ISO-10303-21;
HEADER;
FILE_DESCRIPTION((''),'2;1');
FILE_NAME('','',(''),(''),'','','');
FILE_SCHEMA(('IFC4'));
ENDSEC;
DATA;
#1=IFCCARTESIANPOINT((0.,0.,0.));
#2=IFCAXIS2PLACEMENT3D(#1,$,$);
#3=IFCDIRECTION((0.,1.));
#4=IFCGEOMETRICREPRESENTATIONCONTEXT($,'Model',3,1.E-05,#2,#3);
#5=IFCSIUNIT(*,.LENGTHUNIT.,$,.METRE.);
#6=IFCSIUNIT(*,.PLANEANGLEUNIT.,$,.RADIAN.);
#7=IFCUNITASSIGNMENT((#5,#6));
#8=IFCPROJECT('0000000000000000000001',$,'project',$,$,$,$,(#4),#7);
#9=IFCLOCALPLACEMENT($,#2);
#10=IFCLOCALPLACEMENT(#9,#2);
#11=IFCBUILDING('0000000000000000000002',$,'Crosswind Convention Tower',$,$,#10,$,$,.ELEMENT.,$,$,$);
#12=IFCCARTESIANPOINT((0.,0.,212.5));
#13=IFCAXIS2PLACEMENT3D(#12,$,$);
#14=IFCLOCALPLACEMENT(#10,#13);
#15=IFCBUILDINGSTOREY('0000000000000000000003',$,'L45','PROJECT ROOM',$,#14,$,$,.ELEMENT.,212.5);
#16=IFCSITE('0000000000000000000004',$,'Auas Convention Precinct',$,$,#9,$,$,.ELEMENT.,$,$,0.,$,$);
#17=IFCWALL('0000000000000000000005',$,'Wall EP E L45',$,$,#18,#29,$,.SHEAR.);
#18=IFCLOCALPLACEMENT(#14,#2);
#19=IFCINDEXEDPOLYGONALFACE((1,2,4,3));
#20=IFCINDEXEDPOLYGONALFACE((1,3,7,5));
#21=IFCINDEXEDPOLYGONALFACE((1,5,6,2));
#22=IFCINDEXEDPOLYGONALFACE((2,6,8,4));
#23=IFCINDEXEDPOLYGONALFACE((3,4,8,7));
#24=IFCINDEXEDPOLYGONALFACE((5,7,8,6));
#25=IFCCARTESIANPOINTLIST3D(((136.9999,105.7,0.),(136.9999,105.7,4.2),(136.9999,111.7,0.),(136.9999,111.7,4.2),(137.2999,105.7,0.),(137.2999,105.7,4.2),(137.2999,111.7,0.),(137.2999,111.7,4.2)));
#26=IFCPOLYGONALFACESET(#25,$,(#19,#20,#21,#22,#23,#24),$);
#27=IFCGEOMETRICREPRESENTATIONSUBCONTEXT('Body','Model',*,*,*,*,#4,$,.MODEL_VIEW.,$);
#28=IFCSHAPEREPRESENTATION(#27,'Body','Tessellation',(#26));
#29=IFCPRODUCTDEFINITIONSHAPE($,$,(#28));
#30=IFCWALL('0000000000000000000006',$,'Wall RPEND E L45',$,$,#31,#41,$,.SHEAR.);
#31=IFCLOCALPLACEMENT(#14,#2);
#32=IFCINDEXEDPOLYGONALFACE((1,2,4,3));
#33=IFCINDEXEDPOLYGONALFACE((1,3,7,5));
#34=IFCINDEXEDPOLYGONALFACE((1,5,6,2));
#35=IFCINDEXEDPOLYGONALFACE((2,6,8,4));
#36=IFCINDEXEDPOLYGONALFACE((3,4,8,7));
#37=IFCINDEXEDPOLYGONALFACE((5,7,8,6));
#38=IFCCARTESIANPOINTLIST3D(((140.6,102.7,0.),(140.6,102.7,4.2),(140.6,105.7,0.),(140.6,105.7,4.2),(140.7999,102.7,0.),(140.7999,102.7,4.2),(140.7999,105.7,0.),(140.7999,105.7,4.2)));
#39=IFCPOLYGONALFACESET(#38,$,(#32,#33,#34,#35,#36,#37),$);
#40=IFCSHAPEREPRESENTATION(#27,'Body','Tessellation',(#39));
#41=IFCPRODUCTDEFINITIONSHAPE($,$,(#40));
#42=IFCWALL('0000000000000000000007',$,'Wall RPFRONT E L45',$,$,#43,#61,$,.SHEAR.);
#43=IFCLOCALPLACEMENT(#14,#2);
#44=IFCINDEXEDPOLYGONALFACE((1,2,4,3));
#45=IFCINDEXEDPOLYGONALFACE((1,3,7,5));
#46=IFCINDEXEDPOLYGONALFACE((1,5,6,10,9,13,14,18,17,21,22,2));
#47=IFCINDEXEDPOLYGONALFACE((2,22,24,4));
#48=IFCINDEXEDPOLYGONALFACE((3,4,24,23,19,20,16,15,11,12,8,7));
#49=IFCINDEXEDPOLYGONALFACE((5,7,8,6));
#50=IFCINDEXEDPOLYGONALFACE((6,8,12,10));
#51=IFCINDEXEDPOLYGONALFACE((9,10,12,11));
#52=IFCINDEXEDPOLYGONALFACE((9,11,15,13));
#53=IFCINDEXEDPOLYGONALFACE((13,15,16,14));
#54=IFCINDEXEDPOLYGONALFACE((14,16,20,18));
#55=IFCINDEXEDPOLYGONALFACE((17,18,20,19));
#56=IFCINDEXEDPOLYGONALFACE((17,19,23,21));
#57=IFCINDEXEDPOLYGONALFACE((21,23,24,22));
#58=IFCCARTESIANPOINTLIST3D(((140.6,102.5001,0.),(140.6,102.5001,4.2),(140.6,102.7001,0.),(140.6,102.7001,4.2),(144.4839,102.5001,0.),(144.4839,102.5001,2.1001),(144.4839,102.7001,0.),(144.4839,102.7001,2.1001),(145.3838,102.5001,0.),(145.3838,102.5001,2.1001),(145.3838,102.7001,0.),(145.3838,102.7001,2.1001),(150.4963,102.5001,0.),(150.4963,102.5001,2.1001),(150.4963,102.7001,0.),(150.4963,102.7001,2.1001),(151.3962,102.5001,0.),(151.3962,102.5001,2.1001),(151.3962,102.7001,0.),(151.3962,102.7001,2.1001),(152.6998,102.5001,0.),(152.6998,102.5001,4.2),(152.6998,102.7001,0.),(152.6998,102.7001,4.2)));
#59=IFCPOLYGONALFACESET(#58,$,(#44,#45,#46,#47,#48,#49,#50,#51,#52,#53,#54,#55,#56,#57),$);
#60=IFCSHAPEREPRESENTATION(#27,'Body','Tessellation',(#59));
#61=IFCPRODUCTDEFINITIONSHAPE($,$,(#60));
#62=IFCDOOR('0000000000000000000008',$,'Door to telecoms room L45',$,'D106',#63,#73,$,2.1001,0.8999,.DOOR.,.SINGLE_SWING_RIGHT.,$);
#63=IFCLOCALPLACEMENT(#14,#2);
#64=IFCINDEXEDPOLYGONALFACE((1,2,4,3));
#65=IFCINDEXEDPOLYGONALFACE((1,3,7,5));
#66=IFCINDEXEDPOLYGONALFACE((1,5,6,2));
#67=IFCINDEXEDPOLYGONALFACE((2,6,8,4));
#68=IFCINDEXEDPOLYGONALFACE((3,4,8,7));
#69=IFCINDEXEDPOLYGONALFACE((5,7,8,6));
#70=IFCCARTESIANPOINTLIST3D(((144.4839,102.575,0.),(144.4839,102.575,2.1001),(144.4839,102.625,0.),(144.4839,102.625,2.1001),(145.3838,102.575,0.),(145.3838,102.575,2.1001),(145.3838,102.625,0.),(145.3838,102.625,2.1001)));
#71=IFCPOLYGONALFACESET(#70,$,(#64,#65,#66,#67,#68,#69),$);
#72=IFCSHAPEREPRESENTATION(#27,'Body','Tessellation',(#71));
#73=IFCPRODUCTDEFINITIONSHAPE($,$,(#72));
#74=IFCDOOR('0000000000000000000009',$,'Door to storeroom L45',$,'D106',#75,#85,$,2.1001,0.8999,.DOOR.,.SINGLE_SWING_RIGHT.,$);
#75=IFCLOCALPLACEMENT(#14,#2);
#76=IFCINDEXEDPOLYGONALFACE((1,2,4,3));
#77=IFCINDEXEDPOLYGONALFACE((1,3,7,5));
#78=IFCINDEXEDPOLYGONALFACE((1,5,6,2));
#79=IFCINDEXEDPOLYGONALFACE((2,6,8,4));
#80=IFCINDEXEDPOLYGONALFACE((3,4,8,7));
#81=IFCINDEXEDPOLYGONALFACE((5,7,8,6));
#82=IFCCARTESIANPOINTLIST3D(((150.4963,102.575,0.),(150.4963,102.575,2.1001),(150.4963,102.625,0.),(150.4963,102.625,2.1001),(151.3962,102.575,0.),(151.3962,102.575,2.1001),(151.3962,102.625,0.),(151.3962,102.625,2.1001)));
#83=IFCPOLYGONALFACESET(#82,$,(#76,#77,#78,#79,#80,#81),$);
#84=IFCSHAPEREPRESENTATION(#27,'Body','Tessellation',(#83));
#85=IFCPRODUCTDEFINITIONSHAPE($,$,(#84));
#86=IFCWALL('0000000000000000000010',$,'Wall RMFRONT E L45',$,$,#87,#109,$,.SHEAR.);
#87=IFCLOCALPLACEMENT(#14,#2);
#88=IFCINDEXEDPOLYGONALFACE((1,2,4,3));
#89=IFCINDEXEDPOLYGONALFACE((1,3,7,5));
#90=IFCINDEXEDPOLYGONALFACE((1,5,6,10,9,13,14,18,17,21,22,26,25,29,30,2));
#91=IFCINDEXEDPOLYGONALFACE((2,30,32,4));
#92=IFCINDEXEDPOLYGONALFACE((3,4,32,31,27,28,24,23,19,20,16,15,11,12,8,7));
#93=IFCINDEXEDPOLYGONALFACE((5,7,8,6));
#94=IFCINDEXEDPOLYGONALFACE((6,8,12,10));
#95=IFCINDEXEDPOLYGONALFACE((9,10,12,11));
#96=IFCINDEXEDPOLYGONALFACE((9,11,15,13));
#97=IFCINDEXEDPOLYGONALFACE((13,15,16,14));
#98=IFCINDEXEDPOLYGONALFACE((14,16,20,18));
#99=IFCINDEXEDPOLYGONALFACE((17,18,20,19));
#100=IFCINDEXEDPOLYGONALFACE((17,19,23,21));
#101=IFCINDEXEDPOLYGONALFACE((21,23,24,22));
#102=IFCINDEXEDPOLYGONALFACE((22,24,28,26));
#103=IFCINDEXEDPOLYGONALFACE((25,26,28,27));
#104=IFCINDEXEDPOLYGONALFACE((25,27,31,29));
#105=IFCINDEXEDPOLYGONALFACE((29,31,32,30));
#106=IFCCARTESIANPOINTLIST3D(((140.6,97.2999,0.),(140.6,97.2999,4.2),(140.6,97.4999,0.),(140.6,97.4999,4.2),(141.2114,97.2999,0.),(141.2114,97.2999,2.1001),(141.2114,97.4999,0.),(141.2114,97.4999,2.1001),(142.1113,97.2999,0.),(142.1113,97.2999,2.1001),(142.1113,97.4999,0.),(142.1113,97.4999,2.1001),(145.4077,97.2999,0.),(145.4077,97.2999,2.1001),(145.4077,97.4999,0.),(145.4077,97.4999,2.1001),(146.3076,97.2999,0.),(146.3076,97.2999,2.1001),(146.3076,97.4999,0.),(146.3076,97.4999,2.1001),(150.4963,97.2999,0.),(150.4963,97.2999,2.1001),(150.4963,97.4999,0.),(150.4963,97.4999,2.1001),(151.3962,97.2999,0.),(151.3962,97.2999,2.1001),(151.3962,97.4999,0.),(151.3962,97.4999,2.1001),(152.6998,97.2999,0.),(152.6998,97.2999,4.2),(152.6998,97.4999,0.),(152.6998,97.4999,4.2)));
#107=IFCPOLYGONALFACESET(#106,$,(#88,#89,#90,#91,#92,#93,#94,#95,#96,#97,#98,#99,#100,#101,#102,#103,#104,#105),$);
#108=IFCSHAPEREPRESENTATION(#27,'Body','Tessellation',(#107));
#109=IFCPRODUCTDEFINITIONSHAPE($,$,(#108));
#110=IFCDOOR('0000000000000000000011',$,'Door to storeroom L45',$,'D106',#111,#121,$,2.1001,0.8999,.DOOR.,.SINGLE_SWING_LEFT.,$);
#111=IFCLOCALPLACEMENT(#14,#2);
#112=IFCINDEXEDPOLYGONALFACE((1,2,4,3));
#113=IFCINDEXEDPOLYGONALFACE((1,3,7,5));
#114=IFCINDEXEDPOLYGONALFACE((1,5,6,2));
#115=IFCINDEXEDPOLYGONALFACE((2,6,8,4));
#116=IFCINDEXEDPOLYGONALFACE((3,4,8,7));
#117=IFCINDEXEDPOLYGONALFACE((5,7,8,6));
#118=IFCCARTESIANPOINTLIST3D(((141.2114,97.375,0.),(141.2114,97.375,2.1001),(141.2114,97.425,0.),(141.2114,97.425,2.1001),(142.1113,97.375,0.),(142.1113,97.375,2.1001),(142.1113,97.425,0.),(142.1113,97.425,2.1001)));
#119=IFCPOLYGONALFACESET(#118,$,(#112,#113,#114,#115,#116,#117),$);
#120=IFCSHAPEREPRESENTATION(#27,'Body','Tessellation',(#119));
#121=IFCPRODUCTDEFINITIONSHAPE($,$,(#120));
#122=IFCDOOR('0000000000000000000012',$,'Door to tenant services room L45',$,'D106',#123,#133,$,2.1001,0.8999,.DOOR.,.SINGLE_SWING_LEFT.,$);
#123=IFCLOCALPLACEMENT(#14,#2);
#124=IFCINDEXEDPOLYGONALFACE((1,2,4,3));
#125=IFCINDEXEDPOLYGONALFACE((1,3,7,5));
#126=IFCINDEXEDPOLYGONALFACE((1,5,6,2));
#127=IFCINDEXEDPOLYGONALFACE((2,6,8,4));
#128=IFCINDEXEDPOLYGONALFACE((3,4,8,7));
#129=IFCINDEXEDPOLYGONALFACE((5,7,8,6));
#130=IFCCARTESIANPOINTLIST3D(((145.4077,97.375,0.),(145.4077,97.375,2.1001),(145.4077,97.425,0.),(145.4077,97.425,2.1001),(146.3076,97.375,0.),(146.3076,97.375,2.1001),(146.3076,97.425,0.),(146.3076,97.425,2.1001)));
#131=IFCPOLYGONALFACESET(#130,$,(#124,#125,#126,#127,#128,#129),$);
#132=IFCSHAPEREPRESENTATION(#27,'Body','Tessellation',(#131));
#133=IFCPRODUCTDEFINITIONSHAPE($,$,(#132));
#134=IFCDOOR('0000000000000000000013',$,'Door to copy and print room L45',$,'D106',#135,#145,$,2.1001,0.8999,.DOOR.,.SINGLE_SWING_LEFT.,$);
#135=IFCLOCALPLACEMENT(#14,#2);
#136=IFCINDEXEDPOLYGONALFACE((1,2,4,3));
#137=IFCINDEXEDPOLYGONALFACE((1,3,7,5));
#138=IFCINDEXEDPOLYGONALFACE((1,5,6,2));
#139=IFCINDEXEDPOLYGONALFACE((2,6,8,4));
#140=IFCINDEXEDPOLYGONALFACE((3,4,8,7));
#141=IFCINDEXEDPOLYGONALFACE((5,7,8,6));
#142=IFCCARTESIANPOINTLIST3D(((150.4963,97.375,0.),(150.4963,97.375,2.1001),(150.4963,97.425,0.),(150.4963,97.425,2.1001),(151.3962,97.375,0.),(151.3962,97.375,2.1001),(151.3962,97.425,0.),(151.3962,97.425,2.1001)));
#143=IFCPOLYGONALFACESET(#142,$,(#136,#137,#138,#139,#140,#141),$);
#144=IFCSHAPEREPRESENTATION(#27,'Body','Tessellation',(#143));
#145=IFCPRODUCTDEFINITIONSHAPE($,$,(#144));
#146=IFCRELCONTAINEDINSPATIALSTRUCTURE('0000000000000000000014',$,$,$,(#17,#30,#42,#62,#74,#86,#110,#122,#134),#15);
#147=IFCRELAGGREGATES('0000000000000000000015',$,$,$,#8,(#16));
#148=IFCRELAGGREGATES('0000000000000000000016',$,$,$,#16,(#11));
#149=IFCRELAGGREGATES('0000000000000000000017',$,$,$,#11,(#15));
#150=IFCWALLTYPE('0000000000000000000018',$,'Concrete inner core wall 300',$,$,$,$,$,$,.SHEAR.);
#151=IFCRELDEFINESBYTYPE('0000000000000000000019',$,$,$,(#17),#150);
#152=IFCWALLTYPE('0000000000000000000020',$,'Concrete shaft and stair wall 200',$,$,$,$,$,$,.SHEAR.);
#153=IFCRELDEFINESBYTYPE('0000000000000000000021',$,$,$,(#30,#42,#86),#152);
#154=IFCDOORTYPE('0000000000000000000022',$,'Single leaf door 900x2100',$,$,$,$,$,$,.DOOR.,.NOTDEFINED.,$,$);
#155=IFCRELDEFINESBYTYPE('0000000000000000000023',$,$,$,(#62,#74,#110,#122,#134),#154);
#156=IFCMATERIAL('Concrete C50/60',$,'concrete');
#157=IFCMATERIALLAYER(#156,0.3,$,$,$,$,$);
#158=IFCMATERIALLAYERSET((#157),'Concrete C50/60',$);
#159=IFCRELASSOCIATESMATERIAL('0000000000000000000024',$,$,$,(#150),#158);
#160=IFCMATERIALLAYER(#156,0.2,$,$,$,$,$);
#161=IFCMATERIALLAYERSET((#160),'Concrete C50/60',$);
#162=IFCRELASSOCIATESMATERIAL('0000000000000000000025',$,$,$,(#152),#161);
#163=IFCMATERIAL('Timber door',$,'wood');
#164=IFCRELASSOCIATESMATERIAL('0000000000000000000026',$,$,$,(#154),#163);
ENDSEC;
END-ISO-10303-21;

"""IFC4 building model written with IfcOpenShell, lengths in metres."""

from ifc_helpers import new_model, si_unit, direction, frame, frame_2d, origin, place, context, subcontext, project, spatial, rectangle, extrude, material, layer, layer_set, type_object, element, fill, save


model = new_model("IFC4")

# Units and contexts
model_context = context("Model", 3, precision=1e-05, world=origin(), true_north=direction((0.0, 1.0)))
body_context = subcontext(model_context, "Body", "Model", "MODEL_VIEW")
ifc_project = project(units=[si_unit("LENGTHUNIT", "METRE"), si_unit("PLANEANGLEUNIT", "RADIAN")], contexts=[model_context])

# Site, building, storey
site_placement = place(None, origin())
site = spatial("IfcSite", under=ifc_project, at=site_placement, Name="Auas Convention Precinct", CompositionType="ELEMENT", RefElevation=0.0)
building_placement = place(site_placement, origin())
building = spatial("IfcBuilding", under=site, at=building_placement, Name="Crosswind Convention Tower", CompositionType="ELEMENT")
storey_placement = place(building_placement, frame((0.0, 0.0, 212.5)))
storey = spatial("IfcBuildingStorey", under=building, at=storey_placement, Name="L45", Description="PROJECT ROOM", CompositionType="ELEMENT", Elevation=212.5)

# Walls
ifc_material_1 = material(Name="Concrete C50/60", Category="concrete")
ifc_layer_1 = layer(ifc_material_1, 0.3)
ifc_layer_set_1 = layer_set([ifc_layer_1], Name="Concrete C50/60")
wall_type_1 = type_object("IfcWallType", Name="Concrete inner core wall 300", PredefinedType="SHEAR", material=ifc_layer_set_1)
wall_1_placement = place(storey_placement, frame((137.1499, 105.7, 0.0), z_axis=(0.0, 0.0, 1.0), x_axis=(0.0, 1.0, 0.0)))
element("IfcWall", 1, at=wall_1_placement, inside=storey, type_object=wall_type_1, Name="Wall EP E L45", PredefinedType="SHEAR", context=body_context, shape_type="SweptSolid", body=[
    extrude(rectangle(XDim=6.0, YDim=0.3, at=frame_2d((3.0, 0.0))), origin(), (0.0, 0.0, 1.0), 4.2),
])
ifc_layer_2 = layer(ifc_material_1, 0.2)
ifc_layer_set_2 = layer_set([ifc_layer_2], Name="Concrete C50/60")
wall_type_2 = type_object("IfcWallType", Name="Concrete shaft and stair wall 200", PredefinedType="SHEAR", material=ifc_layer_set_2)
wall_2_placement = place(storey_placement, frame((140.7, 102.7, 0.0), z_axis=(0.0, 0.0, 1.0), x_axis=(0.0, 1.0, 0.0)))
element("IfcWall", 2, at=wall_2_placement, inside=storey, type_object=wall_type_2, Name="Wall RPEND E L45", PredefinedType="SHEAR", context=body_context, shape_type="SweptSolid", body=[
    extrude(rectangle(XDim=3.0, YDim=0.2, at=frame_2d((1.5, 0.0))), origin(), (0.0, 0.0, 1.0), 4.2),
])

# Walls, openings, doors
wall_3_placement = place(storey_placement, frame((140.6001, 102.6001, 0.0), z_axis=(0.0, 0.0, 1.0), x_axis=(1.0, 0.0, 0.0)))
wall_3 = element("IfcWall", 3, at=wall_3_placement, inside=storey, type_object=wall_type_2, Name="Wall RPFRONT E L45", PredefinedType="SHEAR", context=body_context, shape_type="SweptSolid", body=[
    extrude(rectangle(XDim=12.0999, YDim=0.2, at=frame_2d((6.0498, 0.0))), origin(), (0.0, 0.0, 1.0), 4.2),
])
opening_1_placement = place(wall_3_placement, frame((3.8838, 0.0, 0.0)))
opening_1 = element("IfcOpeningElement", 4, at=opening_1_placement, cuts=wall_3, PredefinedType="OPENING", context=body_context, shape_type="SweptSolid", body=[
    extrude(rectangle(XDim=0.8999, YDim=2.1001, at=frame_2d((0.45, 1.05))), frame((0.0, 0.1099, 0.0), z_axis=(0.0, -1.0, 0.0), x_axis=(1.0, 0.0, 0.0)), (0.0, 0.0, 1.0), 0.22),
])
opening_2_placement = place(wall_3_placement, frame((9.8962, 0.0, 0.0)))
opening_2 = element("IfcOpeningElement", 5, at=opening_2_placement, cuts=wall_3, PredefinedType="OPENING", context=body_context, shape_type="SweptSolid", body=[
    extrude(rectangle(XDim=0.8999, YDim=2.1001, at=frame_2d((0.45, 1.05))), frame((0.0, 0.1099, 0.0), z_axis=(0.0, -1.0, 0.0), x_axis=(1.0, 0.0, 0.0)), (0.0, 0.0, 1.0), 0.22),
])
ifc_material_2 = material(Name="Timber door", Category="wood")
door_type_1 = type_object("IfcDoorType", Name="Single leaf door 900x2100", OperationType="NOTDEFINED", PredefinedType="DOOR", material=ifc_material_2)
door_1_placement = place(opening_1_placement, origin())
door_1 = element("IfcDoor", 6, at=door_1_placement, inside=storey, type_object=door_type_1, Name="Door to telecoms room L45", ObjectType="D106", OperationType="SINGLE_SWING_RIGHT", OverallHeight=2.1001, OverallWidth=0.8999, PredefinedType="DOOR", context=body_context, shape_type="SweptSolid", body=[
    extrude(rectangle(XDim=0.8999, YDim=2.1001, at=frame_2d((0.45, 1.05))), frame((0.0, 0.0249, 0.0), z_axis=(0.0, -1.0, 0.0), x_axis=(1.0, 0.0, 0.0)), (0.0, 0.0, 1.0), 0.05),
])
fill(opening_1, door_1)
door_2_placement = place(opening_2_placement, origin())
door_2 = element("IfcDoor", 7, at=door_2_placement, inside=storey, type_object=door_type_1, Name="Door to storeroom L45", ObjectType="D106", OperationType="SINGLE_SWING_RIGHT", OverallHeight=2.1001, OverallWidth=0.8999, PredefinedType="DOOR", context=body_context, shape_type="SweptSolid", body=[
    extrude(rectangle(XDim=0.8999, YDim=2.1001, at=frame_2d((0.45, 1.05))), frame((0.0, 0.0249, 0.0), z_axis=(0.0, -1.0, 0.0), x_axis=(1.0, 0.0, 0.0)), (0.0, 0.0, 1.0), 0.05),
])
fill(opening_2, door_2)
wall_4_placement = place(storey_placement, frame((140.6001, 97.3999, 0.0), z_axis=(0.0, 0.0, 1.0), x_axis=(1.0, 0.0, 0.0)))
wall_4 = element("IfcWall", 8, at=wall_4_placement, inside=storey, type_object=wall_type_2, Name="Wall RMFRONT E L45", PredefinedType="SHEAR", context=body_context, shape_type="SweptSolid", body=[
    extrude(rectangle(XDim=12.0999, YDim=0.2, at=frame_2d((6.0498, 0.0))), origin(), (0.0, 0.0, 1.0), 4.2),
])
opening_3_placement = place(wall_4_placement, frame((0.6113, 0.0, 0.0)))
opening_3 = element("IfcOpeningElement", 9, at=opening_3_placement, cuts=wall_4, PredefinedType="OPENING", context=body_context, shape_type="SweptSolid", body=[
    extrude(rectangle(XDim=0.8999, YDim=2.1001, at=frame_2d((0.45, 1.05))), frame((0.0, 0.1099, 0.0), z_axis=(0.0, -1.0, 0.0), x_axis=(1.0, 0.0, 0.0)), (0.0, 0.0, 1.0), 0.22),
])
opening_4_placement = place(wall_4_placement, frame((4.8076, 0.0, 0.0)))
opening_4 = element("IfcOpeningElement", 10, at=opening_4_placement, cuts=wall_4, PredefinedType="OPENING", context=body_context, shape_type="SweptSolid", body=[
    extrude(rectangle(XDim=0.8999, YDim=2.1001, at=frame_2d((0.45, 1.05))), frame((0.0, 0.1099, 0.0), z_axis=(0.0, -1.0, 0.0), x_axis=(1.0, 0.0, 0.0)), (0.0, 0.0, 1.0), 0.22),
])
opening_5_placement = place(wall_4_placement, frame((9.8962, 0.0, 0.0)))
opening_5 = element("IfcOpeningElement", 11, at=opening_5_placement, cuts=wall_4, PredefinedType="OPENING", context=body_context, shape_type="SweptSolid", body=[
    extrude(rectangle(XDim=0.8999, YDim=2.1001, at=frame_2d((0.45, 1.05))), frame((0.0, 0.1099, 0.0), z_axis=(0.0, -1.0, 0.0), x_axis=(1.0, 0.0, 0.0)), (0.0, 0.0, 1.0), 0.22),
])
door_3_placement = place(opening_3_placement, frame((0.8999, 0.0, 0.0), z_axis=(0.0, 0.0, 1.0), x_axis=(-1.0, 0.0, 0.0)))
door_3 = element("IfcDoor", 12, at=door_3_placement, inside=storey, type_object=door_type_1, Name="Door to storeroom L45", ObjectType="D106", OperationType="SINGLE_SWING_LEFT", OverallHeight=2.1001, OverallWidth=0.8999, PredefinedType="DOOR", context=body_context, shape_type="SweptSolid", body=[
    extrude(rectangle(XDim=0.8999, YDim=2.1001, at=frame_2d((0.45, 1.05))), frame((0.0, 0.0249, 0.0), z_axis=(0.0, -1.0, 0.0), x_axis=(1.0, 0.0, 0.0)), (0.0, 0.0, 1.0), 0.05),
])
fill(opening_3, door_3)
door_4_placement = place(opening_4_placement, frame((0.8999, 0.0, 0.0), z_axis=(0.0, 0.0, 1.0), x_axis=(-1.0, 0.0, 0.0)))
door_4 = element("IfcDoor", 13, at=door_4_placement, inside=storey, type_object=door_type_1, Name="Door to tenant services room L45", ObjectType="D106", OperationType="SINGLE_SWING_LEFT", OverallHeight=2.1001, OverallWidth=0.8999, PredefinedType="DOOR", context=body_context, shape_type="SweptSolid", body=[
    extrude(rectangle(XDim=0.8999, YDim=2.1001, at=frame_2d((0.45, 1.05))), frame((0.0, 0.0249, 0.0), z_axis=(0.0, -1.0, 0.0), x_axis=(1.0, 0.0, 0.0)), (0.0, 0.0, 1.0), 0.05),
])
fill(opening_4, door_4)
door_5_placement = place(opening_5_placement, frame((0.8999, 0.0, 0.0), z_axis=(0.0, 0.0, 1.0), x_axis=(-1.0, 0.0, 0.0)))
door_5 = element("IfcDoor", 14, at=door_5_placement, inside=storey, type_object=door_type_1, Name="Door to copy and print room L45", ObjectType="D106", OperationType="SINGLE_SWING_LEFT", OverallHeight=2.1001, OverallWidth=0.8999, PredefinedType="DOOR", context=body_context, shape_type="SweptSolid", body=[
    extrude(rectangle(XDim=0.8999, YDim=2.1001, at=frame_2d((0.45, 1.05))), frame((0.0, 0.0249, 0.0), z_axis=(0.0, -1.0, 0.0), x_axis=(1.0, 0.0, 0.0)), (0.0, 0.0, 1.0), 0.05),
])
fill(opening_5, door_5)

save(model, "model.ifc")
